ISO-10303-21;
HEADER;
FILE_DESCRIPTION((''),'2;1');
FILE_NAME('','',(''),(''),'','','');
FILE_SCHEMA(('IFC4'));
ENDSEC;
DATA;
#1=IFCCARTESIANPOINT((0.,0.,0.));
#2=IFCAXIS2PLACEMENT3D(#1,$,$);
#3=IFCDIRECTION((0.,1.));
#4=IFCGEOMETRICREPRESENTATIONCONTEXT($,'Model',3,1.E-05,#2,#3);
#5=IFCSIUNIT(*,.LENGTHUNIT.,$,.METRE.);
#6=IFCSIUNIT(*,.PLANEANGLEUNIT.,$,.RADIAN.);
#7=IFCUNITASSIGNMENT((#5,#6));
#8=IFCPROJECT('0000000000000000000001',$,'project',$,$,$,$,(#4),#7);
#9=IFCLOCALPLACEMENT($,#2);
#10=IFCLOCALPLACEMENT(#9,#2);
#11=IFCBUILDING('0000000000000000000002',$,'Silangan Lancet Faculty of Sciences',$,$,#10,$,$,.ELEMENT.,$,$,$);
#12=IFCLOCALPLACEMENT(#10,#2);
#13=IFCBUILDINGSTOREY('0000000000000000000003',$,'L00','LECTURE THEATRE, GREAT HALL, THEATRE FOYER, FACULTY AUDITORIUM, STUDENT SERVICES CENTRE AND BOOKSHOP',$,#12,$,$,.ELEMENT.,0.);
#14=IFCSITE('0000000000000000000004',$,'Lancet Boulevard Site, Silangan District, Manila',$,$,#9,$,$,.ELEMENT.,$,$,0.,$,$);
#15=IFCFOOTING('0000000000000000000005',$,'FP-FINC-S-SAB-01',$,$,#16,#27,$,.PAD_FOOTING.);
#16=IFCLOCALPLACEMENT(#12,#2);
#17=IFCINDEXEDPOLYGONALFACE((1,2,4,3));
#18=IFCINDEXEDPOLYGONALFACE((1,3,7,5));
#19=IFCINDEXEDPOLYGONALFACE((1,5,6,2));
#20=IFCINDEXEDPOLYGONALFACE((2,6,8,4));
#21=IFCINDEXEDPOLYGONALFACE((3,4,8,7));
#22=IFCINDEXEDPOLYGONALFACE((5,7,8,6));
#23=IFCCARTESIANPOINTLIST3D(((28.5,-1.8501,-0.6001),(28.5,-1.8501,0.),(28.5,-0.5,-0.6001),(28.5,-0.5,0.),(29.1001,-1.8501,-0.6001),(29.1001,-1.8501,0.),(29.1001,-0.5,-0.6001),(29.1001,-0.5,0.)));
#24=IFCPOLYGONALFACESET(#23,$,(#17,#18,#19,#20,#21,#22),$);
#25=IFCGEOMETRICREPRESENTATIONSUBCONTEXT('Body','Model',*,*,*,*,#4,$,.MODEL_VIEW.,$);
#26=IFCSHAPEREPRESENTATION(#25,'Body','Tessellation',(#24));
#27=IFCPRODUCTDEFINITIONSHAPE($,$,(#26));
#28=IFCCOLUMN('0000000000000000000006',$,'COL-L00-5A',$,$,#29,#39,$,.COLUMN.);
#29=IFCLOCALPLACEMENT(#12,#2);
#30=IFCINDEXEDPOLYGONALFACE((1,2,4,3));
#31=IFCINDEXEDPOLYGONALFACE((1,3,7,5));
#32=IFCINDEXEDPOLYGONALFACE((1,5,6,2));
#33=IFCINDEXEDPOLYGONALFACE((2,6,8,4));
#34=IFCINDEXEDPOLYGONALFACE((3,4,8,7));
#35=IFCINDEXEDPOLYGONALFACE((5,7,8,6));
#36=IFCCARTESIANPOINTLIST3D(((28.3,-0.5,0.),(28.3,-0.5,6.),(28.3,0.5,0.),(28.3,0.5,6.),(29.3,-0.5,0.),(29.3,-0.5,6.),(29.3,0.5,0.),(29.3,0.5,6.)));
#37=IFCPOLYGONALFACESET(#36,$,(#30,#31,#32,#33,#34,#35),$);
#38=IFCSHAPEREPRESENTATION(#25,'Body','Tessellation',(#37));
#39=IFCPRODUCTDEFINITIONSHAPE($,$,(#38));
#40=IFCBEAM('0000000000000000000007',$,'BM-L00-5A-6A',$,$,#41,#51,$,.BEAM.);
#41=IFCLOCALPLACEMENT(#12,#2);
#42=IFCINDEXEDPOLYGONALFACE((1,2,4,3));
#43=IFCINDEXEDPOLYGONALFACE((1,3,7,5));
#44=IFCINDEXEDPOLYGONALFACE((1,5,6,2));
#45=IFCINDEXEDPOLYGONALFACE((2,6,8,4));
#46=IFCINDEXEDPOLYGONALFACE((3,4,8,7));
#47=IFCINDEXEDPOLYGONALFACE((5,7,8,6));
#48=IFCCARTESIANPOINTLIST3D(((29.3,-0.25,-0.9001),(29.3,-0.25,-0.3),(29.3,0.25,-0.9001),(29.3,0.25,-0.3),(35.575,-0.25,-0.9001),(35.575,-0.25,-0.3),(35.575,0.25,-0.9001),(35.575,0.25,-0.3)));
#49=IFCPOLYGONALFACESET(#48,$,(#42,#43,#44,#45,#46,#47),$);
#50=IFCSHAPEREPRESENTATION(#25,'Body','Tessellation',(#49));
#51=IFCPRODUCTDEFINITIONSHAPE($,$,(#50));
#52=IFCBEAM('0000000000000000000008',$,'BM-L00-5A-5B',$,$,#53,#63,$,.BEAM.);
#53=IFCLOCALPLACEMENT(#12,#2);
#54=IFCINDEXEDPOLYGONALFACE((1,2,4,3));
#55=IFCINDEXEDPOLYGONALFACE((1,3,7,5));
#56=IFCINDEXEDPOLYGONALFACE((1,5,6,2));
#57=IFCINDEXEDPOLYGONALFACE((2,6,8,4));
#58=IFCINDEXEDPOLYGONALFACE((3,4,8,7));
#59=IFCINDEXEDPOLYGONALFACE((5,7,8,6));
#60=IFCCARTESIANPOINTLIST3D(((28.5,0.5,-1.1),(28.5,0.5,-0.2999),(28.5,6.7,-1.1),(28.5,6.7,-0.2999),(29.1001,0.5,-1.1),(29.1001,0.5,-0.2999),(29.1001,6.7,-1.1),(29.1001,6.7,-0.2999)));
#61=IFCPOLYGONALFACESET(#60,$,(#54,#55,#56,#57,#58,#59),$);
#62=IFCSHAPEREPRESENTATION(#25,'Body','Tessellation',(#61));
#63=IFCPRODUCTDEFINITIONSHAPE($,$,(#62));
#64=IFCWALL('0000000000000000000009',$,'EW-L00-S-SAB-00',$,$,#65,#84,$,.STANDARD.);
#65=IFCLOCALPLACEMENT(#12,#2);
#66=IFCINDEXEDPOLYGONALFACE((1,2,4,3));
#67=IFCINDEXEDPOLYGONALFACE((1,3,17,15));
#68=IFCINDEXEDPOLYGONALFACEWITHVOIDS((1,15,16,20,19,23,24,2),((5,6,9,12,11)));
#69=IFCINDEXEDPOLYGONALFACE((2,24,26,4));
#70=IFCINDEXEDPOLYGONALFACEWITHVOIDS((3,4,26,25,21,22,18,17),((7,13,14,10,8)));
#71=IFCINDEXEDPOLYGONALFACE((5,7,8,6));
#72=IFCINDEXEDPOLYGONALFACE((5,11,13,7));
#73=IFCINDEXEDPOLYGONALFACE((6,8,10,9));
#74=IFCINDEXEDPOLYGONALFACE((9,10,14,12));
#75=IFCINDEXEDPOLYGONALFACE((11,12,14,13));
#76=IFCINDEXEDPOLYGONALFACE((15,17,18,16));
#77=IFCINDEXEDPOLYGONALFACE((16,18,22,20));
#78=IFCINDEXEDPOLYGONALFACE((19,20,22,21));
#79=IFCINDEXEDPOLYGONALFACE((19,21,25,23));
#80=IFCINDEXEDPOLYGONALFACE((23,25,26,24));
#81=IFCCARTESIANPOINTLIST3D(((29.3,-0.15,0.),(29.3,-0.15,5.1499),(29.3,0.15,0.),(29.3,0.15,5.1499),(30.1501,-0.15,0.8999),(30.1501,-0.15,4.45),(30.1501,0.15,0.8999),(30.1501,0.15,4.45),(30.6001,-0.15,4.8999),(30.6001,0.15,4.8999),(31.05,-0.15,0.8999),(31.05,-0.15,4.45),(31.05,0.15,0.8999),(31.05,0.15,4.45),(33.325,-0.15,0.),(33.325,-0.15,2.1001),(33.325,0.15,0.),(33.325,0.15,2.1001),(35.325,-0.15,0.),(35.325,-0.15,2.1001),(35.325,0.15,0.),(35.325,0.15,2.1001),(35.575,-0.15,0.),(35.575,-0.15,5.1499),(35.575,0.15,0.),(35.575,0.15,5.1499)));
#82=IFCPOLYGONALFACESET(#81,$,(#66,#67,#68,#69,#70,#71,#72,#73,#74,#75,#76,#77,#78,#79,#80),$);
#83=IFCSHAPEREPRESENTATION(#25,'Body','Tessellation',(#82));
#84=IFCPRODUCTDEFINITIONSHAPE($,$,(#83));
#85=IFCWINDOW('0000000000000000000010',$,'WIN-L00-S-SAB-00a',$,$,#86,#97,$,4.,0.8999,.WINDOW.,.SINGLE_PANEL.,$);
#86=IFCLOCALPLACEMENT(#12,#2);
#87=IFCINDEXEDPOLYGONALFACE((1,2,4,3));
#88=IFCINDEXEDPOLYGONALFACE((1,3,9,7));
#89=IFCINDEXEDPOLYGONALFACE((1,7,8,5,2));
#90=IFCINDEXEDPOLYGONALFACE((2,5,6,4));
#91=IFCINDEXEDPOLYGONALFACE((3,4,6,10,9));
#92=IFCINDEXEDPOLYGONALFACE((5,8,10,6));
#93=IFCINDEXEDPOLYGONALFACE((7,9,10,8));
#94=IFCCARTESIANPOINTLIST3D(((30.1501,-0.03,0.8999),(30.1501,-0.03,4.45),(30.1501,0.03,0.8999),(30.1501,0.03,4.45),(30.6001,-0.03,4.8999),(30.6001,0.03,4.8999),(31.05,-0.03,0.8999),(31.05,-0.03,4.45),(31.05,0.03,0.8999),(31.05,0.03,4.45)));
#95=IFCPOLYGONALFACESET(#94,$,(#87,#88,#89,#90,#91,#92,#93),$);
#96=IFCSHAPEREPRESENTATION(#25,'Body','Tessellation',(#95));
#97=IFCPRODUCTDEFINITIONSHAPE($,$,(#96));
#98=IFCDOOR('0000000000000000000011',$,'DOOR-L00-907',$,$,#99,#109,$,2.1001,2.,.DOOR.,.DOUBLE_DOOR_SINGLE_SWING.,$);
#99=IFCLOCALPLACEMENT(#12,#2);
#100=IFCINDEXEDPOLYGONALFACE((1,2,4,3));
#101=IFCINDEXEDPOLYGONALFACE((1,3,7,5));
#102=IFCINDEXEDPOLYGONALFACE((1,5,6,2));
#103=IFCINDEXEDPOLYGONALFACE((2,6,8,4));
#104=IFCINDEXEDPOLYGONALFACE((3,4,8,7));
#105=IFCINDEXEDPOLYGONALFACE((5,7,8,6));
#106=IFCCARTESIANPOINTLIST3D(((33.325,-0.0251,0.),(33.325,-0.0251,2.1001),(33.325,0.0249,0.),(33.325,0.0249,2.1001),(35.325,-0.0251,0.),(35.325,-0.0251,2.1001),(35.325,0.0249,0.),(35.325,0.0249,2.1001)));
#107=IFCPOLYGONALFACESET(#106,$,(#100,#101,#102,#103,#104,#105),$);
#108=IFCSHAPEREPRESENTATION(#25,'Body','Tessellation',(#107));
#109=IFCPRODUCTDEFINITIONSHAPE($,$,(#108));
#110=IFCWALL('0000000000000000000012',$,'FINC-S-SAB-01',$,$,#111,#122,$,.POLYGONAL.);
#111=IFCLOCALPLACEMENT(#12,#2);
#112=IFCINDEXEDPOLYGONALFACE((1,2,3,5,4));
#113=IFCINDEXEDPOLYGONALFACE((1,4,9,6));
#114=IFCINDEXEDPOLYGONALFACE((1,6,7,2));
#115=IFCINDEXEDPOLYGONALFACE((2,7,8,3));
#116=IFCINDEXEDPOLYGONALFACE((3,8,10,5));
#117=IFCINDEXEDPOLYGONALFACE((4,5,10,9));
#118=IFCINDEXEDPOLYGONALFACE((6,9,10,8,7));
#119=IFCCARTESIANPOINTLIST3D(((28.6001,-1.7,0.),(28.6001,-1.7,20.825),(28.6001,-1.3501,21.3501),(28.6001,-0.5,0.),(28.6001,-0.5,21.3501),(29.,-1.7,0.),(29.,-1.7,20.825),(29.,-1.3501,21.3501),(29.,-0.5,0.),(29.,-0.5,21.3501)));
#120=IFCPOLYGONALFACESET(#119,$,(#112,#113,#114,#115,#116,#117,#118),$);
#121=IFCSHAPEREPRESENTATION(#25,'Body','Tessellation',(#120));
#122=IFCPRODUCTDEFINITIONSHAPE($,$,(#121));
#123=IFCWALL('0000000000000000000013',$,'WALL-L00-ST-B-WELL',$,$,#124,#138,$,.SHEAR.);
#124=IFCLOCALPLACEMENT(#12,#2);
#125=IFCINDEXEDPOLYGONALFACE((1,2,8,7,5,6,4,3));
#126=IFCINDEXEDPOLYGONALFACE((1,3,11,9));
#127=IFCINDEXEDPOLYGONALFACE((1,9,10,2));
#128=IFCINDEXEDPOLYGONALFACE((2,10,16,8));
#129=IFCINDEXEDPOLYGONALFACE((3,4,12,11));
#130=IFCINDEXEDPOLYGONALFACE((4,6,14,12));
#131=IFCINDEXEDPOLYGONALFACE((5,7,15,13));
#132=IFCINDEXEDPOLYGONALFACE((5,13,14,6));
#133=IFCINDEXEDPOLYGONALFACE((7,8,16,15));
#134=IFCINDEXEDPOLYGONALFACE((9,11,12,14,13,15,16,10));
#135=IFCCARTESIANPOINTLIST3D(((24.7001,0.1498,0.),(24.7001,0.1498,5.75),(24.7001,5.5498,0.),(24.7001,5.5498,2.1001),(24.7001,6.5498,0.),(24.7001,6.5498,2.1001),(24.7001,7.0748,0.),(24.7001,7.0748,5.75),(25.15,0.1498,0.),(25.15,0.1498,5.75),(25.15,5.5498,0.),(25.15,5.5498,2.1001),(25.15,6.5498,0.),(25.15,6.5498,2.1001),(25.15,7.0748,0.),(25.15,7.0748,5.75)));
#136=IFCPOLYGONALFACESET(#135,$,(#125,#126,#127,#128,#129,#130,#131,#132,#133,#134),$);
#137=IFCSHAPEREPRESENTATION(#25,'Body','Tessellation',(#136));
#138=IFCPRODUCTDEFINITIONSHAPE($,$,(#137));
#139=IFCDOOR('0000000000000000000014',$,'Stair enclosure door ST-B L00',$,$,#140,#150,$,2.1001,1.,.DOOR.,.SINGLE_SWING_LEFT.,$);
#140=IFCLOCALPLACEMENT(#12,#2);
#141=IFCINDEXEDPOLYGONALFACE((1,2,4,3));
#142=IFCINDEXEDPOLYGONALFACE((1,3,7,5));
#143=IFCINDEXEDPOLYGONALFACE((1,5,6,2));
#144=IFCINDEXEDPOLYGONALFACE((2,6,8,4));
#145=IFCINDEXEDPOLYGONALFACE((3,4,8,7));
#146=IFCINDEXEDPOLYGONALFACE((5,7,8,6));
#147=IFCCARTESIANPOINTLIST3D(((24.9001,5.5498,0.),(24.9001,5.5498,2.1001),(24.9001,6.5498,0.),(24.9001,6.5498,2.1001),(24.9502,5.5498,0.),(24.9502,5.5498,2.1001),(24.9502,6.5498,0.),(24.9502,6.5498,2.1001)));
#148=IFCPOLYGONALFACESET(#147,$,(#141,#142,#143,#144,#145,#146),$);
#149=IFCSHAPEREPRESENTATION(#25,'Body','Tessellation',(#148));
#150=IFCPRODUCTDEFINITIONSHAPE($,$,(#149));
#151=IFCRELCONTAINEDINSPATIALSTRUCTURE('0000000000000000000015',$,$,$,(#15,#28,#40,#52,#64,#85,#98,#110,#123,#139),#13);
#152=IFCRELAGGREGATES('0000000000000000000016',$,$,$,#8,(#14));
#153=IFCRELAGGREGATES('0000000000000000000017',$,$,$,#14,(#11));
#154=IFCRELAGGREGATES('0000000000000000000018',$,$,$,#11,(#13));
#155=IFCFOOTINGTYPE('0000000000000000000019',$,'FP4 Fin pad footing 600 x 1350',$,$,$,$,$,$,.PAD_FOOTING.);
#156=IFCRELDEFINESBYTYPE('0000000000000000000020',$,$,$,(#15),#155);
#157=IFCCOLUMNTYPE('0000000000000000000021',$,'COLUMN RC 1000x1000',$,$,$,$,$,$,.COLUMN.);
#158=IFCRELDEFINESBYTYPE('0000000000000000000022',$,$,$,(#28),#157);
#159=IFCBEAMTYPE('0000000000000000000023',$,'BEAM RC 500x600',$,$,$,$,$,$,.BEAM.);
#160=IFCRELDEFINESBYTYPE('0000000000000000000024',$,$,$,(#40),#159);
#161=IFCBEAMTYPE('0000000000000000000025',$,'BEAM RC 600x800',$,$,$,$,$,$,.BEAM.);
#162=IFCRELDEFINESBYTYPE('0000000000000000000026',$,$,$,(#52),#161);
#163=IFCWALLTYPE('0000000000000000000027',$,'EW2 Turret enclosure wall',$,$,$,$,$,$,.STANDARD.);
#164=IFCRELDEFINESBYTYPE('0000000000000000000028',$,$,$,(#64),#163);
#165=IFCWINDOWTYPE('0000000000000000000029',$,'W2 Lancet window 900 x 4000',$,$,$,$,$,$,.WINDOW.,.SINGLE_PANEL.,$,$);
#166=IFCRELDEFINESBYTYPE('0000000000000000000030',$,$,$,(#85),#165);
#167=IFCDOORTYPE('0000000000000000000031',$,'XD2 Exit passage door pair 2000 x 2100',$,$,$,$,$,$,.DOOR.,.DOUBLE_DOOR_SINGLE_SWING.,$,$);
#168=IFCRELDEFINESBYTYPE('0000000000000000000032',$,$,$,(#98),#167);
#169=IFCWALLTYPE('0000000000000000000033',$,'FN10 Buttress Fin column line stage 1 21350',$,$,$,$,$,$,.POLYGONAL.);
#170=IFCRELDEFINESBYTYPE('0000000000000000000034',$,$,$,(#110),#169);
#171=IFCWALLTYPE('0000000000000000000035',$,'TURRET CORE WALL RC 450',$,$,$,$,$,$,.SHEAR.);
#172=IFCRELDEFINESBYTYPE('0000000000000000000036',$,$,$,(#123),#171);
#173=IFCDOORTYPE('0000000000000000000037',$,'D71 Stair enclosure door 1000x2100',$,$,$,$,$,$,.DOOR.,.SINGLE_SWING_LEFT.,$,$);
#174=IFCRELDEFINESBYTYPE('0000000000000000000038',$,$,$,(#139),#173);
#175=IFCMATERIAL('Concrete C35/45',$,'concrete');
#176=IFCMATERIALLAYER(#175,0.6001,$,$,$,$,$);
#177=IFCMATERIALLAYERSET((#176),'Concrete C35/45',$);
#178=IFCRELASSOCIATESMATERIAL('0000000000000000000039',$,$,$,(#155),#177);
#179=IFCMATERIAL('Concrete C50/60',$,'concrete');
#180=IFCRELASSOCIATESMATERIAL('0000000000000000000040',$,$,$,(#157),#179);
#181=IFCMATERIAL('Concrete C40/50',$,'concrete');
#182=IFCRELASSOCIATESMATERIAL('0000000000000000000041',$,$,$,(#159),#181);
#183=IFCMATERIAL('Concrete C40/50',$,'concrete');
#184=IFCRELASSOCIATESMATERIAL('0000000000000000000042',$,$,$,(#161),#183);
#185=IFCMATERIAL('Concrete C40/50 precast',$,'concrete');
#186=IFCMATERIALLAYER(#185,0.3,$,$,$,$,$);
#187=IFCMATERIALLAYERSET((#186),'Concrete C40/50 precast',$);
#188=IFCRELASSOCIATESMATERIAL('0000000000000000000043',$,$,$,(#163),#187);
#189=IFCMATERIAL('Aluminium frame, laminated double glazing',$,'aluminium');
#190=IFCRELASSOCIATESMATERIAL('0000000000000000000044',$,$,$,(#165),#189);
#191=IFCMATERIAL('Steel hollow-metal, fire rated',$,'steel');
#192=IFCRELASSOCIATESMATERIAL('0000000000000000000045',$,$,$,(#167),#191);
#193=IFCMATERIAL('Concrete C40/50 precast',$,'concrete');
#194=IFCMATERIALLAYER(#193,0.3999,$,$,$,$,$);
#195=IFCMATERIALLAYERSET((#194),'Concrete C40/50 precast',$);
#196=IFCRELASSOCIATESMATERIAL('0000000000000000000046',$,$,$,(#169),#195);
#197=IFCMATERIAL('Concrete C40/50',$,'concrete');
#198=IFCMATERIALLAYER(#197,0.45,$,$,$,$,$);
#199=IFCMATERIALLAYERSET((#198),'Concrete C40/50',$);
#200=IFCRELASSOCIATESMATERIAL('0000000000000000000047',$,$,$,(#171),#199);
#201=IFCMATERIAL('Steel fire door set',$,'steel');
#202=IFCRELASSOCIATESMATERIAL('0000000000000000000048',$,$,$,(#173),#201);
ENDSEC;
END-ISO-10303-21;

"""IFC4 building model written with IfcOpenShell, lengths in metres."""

from ifc_helpers import new_model, si_unit, direction, frame, frame_2d, origin, origin_2d, place, context, subcontext, project, spatial, polyline, rectangle, outline, extrude, material, layer, layer_set, material_profile, profile_set, type_object, element, fill, save


model = new_model("IFC4")

# Units and contexts
model_context = context("Model", 3, precision=1e-05, world=origin(), true_north=direction((0.0, 1.0)))
body_context = subcontext(model_context, "Body", "Model", "MODEL_VIEW")
ifc_project = project(units=[si_unit("LENGTHUNIT", "METRE"), si_unit("PLANEANGLEUNIT", "RADIAN")], contexts=[model_context])

# Site, building, storey
site_placement = place(None, origin())
site = spatial("IfcSite", under=ifc_project, at=site_placement, Name="Lancet Boulevard Site, Silangan District, Manila", CompositionType="ELEMENT", RefElevation=0.0)
building_placement = place(site_placement, origin())
building = spatial("IfcBuilding", under=site, at=building_placement, Name="Silangan Lancet Faculty of Sciences", CompositionType="ELEMENT")
storey_placement = place(building_placement, origin())
storey = spatial("IfcBuildingStorey", under=building, at=storey_placement, Name="L00", Description="LECTURE THEATRE, GREAT HALL, THEATRE FOYER, FACULTY AUDITORIUM, STUDENT SERVICES CENTRE AND BOOKSHOP", CompositionType="ELEMENT", Elevation=0.0)

# Footing
ifc_material_1 = material(Name="Concrete C35/45", Category="concrete")
ifc_layer_1 = layer(ifc_material_1, 0.6001)
ifc_layer_set_1 = layer_set([ifc_layer_1], Name="Concrete C35/45")
footing_type = type_object("IfcFootingType", Name="FP4 Fin pad footing 600 x 1350", PredefinedType="PAD_FOOTING", material=ifc_layer_set_1)
footing_placement = place(storey_placement, frame((28.8, -1.175, -0.6001), z_axis=(0.0, 0.0, 1.0), x_axis=(1.0, 0.0, 0.0)))
element("IfcFooting", 1, at=footing_placement, inside=storey, type_object=footing_type, Name="FP-FINC-S-SAB-01", PredefinedType="PAD_FOOTING", context=body_context, shape_type="SweptSolid", body=[
    extrude(rectangle(XDim=0.6001, YDim=1.3501, at=origin_2d()), origin(), (0.0, 0.0, 1.0), 0.6001),
])

# Column
ifc_material_2 = material(Name="Concrete C50/60", Category="concrete")
ifc_material_profile_1 = material_profile(ifc_material_2, rectangle(XDim=1.0, YDim=1.0, at=origin_2d()), Name="RC 1000x1000")
ifc_profile_set_1 = profile_set([ifc_material_profile_1], Name="Concrete C50/60")
column_type = type_object("IfcColumnType", Name="COLUMN RC 1000x1000", PredefinedType="COLUMN", material=ifc_profile_set_1)
column_placement = place(storey_placement, frame((28.8, 0.0, 0.0), z_axis=(0.0, 0.0, 1.0), x_axis=(1.0, 0.0, 0.0)))
element("IfcColumn", 2, at=column_placement, inside=storey, type_object=column_type, Name="COL-L00-5A", PredefinedType="COLUMN", context=body_context, shape_type="SweptSolid", body=[
    extrude(rectangle(XDim=1.0, YDim=1.0, at=origin_2d()), origin(), (0.0, 0.0, 1.0), 6.0),
])

# Beams
ifc_material_3 = material(Name="Concrete C40/50", Category="concrete")
ifc_material_profile_2 = material_profile(ifc_material_3, rectangle(XDim=0.5, YDim=0.6001, at=origin_2d()), Name="RC 500x600")
ifc_profile_set_2 = profile_set([ifc_material_profile_2], Name="Concrete C40/50")
beam_type_1 = type_object("IfcBeamType", Name="BEAM RC 500x600", PredefinedType="BEAM", material=ifc_profile_set_2)
beam_1_placement = place(storey_placement, frame((29.3, 0.0, -0.6001), z_axis=(1.0, 0.0, 0.0), x_axis=(0.0, 1.0, 0.0)))
element("IfcBeam", 3, at=beam_1_placement, inside=storey, type_object=beam_type_1, Name="BM-L00-5A-6A", PredefinedType="BEAM", context=body_context, shape_type="SweptSolid", body=[
    extrude(rectangle(XDim=0.5, YDim=0.6001, at=origin_2d()), origin(), (0.0, 0.0, 1.0), 6.2749),
])
ifc_material_4 = material(Name="Concrete C40/50", Category="concrete")
ifc_material_profile_3 = material_profile(ifc_material_4, rectangle(XDim=0.6001, YDim=0.8, at=origin_2d()), Name="RC 600x800")
ifc_profile_set_3 = profile_set([ifc_material_profile_3], Name="Concrete C40/50")
beam_type_2 = type_object("IfcBeamType", Name="BEAM RC 600x800", PredefinedType="BEAM", material=ifc_profile_set_3)
beam_2_placement = place(storey_placement, frame((28.8, 0.5, -0.7), z_axis=(0.0, 1.0, 0.0), x_axis=(-1.0, 0.0, 0.0)))
element("IfcBeam", 4, at=beam_2_placement, inside=storey, type_object=beam_type_2, Name="BM-L00-5A-5B", PredefinedType="BEAM", context=body_context, shape_type="SweptSolid", body=[
    extrude(rectangle(XDim=0.6001, YDim=0.8, at=origin_2d()), origin(), (0.0, 0.0, 1.0), 6.2),
])

# Wall, openings, window, door
ifc_material_5 = material(Name="Concrete C40/50 precast", Category="concrete")
ifc_layer_2 = layer(ifc_material_5, 0.3)
ifc_layer_set_2 = layer_set([ifc_layer_2], Name="Concrete C40/50 precast")
wall_type_1 = type_object("IfcWallType", Name="EW2 Turret enclosure wall", PredefinedType="STANDARD", material=ifc_layer_set_2)
wall_1_placement = place(storey_placement, frame((29.3, 0.0, 0.0), z_axis=(0.0, 0.0, 1.0), x_axis=(1.0, 0.0, 0.0)))
wall_1 = element("IfcWall", 5, at=wall_1_placement, inside=storey, type_object=wall_type_1, Name="EW-L00-S-SAB-00", PredefinedType="STANDARD", context=body_context, shape_type="SweptSolid", body=[
    extrude(rectangle(XDim=6.2749, YDim=0.3, at=frame_2d((3.1375, 0.0))), origin(), (0.0, 0.0, 1.0), 5.1499),
])
opening_1_placement = place(wall_1_placement, frame((4.0249, 0.0, 0.0)))
opening_1 = element("IfcOpeningElement", 6, at=opening_1_placement, cuts=wall_1, PredefinedType="OPENING", context=body_context, shape_type="SweptSolid", body=[
    extrude(rectangle(XDim=2.0, YDim=2.1001, at=frame_2d((1.0, 1.05))), frame((0.0, 0.1599, 0.0), z_axis=(0.0, -1.0, 0.0), x_axis=(1.0, 0.0, 0.0)), (0.0, 0.0, 1.0), 0.3201),
])
opening_2_placement = place(wall_1_placement, frame((0.8501, 0.0, 0.8999)))
opening_2 = element("IfcOpeningElement", 7, at=opening_2_placement, cuts=wall_1, PredefinedType="OPENING", context=body_context, shape_type="SweptSolid", body=[
    extrude(outline(polyline([(0.0, 0.0), (0.8999, 0.0), (0.8999, 3.55), (0.45, 4.0), (0.0, 3.55), (0.0, 0.0)])), frame((0.0, 0.1599, 0.0), z_axis=(0.0, -1.0, 0.0), x_axis=(1.0, 0.0, 0.0)), (0.0, 0.0, 1.0), 0.3201),
])
ifc_material_6 = material(Name="Aluminium frame, laminated double glazing", Category="aluminium")
window_type = type_object("IfcWindowType", Name="W2 Lancet window 900 x 4000", PartitioningType="SINGLE_PANEL", PredefinedType="WINDOW", material=ifc_material_6)
window_placement = place(opening_2_placement, origin())
window = element("IfcWindow", 8, at=window_placement, inside=storey, type_object=window_type, Name="WIN-L00-S-SAB-00a", OverallHeight=4.0, OverallWidth=0.8999, PartitioningType="SINGLE_PANEL", PredefinedType="WINDOW", context=body_context, shape_type="SweptSolid", body=[
    extrude(outline(polyline([(0.0, 0.0), (0.8999, 0.0), (0.8999, 3.55), (0.45, 4.0), (0.0, 3.55), (0.0, 0.0)])), frame((0.0, 0.03, 0.0), z_axis=(0.0, -1.0, 0.0), x_axis=(1.0, 0.0, 0.0)), (0.0, 0.0, 1.0), 0.0601),
])
fill(opening_2, window)
ifc_material_7 = material(Name="Steel hollow-metal, fire rated", Category="steel")
door_type_1 = type_object("IfcDoorType", Name="XD2 Exit passage door pair 2000 x 2100", OperationType="DOUBLE_DOOR_SINGLE_SWING", PredefinedType="DOOR", material=ifc_material_7)
door_1_placement = place(opening_1_placement, frame((2.0, 0.0, 0.0), z_axis=(0.0, 0.0, 1.0), x_axis=(-1.0, 0.0, 0.0)))
door_1 = element("IfcDoor", 9, at=door_1_placement, inside=storey, type_object=door_type_1, Name="DOOR-L00-907", OperationType="DOUBLE_DOOR_SINGLE_SWING", OverallHeight=2.1001, OverallWidth=2.0, PredefinedType="DOOR", context=body_context, shape_type="SweptSolid", body=[
    extrude(rectangle(XDim=2.0, YDim=2.1001, at=frame_2d((1.0, 1.05))), frame((0.0, 0.0251, 0.0), z_axis=(0.0, -1.0, 0.0), x_axis=(1.0, 0.0, 0.0)), (0.0, 0.0, 1.0), 0.05),
])
fill(opening_1, door_1)

# Wall
ifc_material_8 = material(Name="Concrete C40/50 precast", Category="concrete")
ifc_layer_3 = layer(ifc_material_8, 0.3999)
ifc_layer_set_3 = layer_set([ifc_layer_3], Name="Concrete C40/50 precast")
wall_type_2 = type_object("IfcWallType", Name="FN10 Buttress Fin column line stage 1 21350", PredefinedType="POLYGONAL", material=ifc_layer_set_3)
wall_2_placement = place(storey_placement, frame((28.8, -0.5, 0.0), z_axis=(0.0, 0.0, 1.0), x_axis=(0.0, -1.0, 0.0)))
element("IfcWall", 10, at=wall_2_placement, inside=storey, type_object=wall_type_2, Name="FINC-S-SAB-01", PredefinedType="POLYGONAL", context=body_context, shape_type="SweptSolid", body=[
    extrude(outline(polyline([(1.2, 0.0), (1.2, 20.825), (0.8501, 21.3501), (0.0, 21.3501), (0.0, 0.0), (1.2, 0.0)])), frame((0.0, 0.2, 0.0), z_axis=(0.0, -1.0, 0.0), x_axis=(1.0, 0.0, 0.0)), (0.0, 0.0, 1.0), 0.3999),
])

# Wall, opening, door
ifc_material_9 = material(Name="Concrete C40/50", Category="concrete")
ifc_layer_4 = layer(ifc_material_9, 0.45)
ifc_layer_set_4 = layer_set([ifc_layer_4], Name="Concrete C40/50")
wall_type_3 = type_object("IfcWallType", Name="TURRET CORE WALL RC 450", PredefinedType="SHEAR", material=ifc_layer_set_4)
wall_3_placement = place(storey_placement, frame((24.925, 0.1499, 0.0), z_axis=(0.0, 0.0, 1.0), x_axis=(0.0, 1.0, 0.0)))
wall_3 = element("IfcWall", 11, at=wall_3_placement, inside=storey, type_object=wall_type_3, Name="WALL-L00-ST-B-WELL", PredefinedType="SHEAR", context=body_context, shape_type="SweptSolid", body=[
    extrude(rectangle(XDim=6.925, YDim=0.45, at=frame_2d((3.4624, 0.0))), origin(), (0.0, 0.0, 1.0), 5.75),
])
opening_3_placement = place(wall_3_placement, frame((5.3999, 0.0, 0.0)))
opening_3 = element("IfcOpeningElement", 12, at=opening_3_placement, cuts=wall_3, PredefinedType="OPENING", context=body_context, shape_type="SweptSolid", body=[
    extrude(rectangle(XDim=1.0, YDim=2.1001, at=frame_2d((0.5, 1.05))), frame((0.0, 0.2349, 0.0), z_axis=(0.0, -1.0, 0.0), x_axis=(1.0, 0.0, 0.0)), (0.0, 0.0, 1.0), 0.47),
])
ifc_material_10 = material(Name="Steel fire door set", Category="steel")
door_type_2 = type_object("IfcDoorType", Name="D71 Stair enclosure door 1000x2100", OperationType="SINGLE_SWING_LEFT", PredefinedType="DOOR", material=ifc_material_10)
door_2_placement = place(opening_3_placement, frame((1.0, 0.0, 0.0), z_axis=(0.0, 0.0, 1.0), x_axis=(-1.0, 0.0, 0.0)))
door_2 = element("IfcDoor", 13, at=door_2_placement, inside=storey, type_object=door_type_2, Name="Stair enclosure door ST-B L00", OperationType="SINGLE_SWING_LEFT", OverallHeight=2.1001, OverallWidth=1.0, PredefinedType="DOOR", context=body_context, shape_type="SweptSolid", body=[
    extrude(rectangle(XDim=1.0, YDim=2.1001, at=frame_2d((0.5, 1.05))), frame((0.0, 0.0251, 0.0), z_axis=(0.0, -1.0, 0.0), x_axis=(1.0, 0.0, 0.0)), (0.0, 0.0, 1.0), 0.05),
])
fill(opening_3, door_2)

save(model, "model.ifc")
